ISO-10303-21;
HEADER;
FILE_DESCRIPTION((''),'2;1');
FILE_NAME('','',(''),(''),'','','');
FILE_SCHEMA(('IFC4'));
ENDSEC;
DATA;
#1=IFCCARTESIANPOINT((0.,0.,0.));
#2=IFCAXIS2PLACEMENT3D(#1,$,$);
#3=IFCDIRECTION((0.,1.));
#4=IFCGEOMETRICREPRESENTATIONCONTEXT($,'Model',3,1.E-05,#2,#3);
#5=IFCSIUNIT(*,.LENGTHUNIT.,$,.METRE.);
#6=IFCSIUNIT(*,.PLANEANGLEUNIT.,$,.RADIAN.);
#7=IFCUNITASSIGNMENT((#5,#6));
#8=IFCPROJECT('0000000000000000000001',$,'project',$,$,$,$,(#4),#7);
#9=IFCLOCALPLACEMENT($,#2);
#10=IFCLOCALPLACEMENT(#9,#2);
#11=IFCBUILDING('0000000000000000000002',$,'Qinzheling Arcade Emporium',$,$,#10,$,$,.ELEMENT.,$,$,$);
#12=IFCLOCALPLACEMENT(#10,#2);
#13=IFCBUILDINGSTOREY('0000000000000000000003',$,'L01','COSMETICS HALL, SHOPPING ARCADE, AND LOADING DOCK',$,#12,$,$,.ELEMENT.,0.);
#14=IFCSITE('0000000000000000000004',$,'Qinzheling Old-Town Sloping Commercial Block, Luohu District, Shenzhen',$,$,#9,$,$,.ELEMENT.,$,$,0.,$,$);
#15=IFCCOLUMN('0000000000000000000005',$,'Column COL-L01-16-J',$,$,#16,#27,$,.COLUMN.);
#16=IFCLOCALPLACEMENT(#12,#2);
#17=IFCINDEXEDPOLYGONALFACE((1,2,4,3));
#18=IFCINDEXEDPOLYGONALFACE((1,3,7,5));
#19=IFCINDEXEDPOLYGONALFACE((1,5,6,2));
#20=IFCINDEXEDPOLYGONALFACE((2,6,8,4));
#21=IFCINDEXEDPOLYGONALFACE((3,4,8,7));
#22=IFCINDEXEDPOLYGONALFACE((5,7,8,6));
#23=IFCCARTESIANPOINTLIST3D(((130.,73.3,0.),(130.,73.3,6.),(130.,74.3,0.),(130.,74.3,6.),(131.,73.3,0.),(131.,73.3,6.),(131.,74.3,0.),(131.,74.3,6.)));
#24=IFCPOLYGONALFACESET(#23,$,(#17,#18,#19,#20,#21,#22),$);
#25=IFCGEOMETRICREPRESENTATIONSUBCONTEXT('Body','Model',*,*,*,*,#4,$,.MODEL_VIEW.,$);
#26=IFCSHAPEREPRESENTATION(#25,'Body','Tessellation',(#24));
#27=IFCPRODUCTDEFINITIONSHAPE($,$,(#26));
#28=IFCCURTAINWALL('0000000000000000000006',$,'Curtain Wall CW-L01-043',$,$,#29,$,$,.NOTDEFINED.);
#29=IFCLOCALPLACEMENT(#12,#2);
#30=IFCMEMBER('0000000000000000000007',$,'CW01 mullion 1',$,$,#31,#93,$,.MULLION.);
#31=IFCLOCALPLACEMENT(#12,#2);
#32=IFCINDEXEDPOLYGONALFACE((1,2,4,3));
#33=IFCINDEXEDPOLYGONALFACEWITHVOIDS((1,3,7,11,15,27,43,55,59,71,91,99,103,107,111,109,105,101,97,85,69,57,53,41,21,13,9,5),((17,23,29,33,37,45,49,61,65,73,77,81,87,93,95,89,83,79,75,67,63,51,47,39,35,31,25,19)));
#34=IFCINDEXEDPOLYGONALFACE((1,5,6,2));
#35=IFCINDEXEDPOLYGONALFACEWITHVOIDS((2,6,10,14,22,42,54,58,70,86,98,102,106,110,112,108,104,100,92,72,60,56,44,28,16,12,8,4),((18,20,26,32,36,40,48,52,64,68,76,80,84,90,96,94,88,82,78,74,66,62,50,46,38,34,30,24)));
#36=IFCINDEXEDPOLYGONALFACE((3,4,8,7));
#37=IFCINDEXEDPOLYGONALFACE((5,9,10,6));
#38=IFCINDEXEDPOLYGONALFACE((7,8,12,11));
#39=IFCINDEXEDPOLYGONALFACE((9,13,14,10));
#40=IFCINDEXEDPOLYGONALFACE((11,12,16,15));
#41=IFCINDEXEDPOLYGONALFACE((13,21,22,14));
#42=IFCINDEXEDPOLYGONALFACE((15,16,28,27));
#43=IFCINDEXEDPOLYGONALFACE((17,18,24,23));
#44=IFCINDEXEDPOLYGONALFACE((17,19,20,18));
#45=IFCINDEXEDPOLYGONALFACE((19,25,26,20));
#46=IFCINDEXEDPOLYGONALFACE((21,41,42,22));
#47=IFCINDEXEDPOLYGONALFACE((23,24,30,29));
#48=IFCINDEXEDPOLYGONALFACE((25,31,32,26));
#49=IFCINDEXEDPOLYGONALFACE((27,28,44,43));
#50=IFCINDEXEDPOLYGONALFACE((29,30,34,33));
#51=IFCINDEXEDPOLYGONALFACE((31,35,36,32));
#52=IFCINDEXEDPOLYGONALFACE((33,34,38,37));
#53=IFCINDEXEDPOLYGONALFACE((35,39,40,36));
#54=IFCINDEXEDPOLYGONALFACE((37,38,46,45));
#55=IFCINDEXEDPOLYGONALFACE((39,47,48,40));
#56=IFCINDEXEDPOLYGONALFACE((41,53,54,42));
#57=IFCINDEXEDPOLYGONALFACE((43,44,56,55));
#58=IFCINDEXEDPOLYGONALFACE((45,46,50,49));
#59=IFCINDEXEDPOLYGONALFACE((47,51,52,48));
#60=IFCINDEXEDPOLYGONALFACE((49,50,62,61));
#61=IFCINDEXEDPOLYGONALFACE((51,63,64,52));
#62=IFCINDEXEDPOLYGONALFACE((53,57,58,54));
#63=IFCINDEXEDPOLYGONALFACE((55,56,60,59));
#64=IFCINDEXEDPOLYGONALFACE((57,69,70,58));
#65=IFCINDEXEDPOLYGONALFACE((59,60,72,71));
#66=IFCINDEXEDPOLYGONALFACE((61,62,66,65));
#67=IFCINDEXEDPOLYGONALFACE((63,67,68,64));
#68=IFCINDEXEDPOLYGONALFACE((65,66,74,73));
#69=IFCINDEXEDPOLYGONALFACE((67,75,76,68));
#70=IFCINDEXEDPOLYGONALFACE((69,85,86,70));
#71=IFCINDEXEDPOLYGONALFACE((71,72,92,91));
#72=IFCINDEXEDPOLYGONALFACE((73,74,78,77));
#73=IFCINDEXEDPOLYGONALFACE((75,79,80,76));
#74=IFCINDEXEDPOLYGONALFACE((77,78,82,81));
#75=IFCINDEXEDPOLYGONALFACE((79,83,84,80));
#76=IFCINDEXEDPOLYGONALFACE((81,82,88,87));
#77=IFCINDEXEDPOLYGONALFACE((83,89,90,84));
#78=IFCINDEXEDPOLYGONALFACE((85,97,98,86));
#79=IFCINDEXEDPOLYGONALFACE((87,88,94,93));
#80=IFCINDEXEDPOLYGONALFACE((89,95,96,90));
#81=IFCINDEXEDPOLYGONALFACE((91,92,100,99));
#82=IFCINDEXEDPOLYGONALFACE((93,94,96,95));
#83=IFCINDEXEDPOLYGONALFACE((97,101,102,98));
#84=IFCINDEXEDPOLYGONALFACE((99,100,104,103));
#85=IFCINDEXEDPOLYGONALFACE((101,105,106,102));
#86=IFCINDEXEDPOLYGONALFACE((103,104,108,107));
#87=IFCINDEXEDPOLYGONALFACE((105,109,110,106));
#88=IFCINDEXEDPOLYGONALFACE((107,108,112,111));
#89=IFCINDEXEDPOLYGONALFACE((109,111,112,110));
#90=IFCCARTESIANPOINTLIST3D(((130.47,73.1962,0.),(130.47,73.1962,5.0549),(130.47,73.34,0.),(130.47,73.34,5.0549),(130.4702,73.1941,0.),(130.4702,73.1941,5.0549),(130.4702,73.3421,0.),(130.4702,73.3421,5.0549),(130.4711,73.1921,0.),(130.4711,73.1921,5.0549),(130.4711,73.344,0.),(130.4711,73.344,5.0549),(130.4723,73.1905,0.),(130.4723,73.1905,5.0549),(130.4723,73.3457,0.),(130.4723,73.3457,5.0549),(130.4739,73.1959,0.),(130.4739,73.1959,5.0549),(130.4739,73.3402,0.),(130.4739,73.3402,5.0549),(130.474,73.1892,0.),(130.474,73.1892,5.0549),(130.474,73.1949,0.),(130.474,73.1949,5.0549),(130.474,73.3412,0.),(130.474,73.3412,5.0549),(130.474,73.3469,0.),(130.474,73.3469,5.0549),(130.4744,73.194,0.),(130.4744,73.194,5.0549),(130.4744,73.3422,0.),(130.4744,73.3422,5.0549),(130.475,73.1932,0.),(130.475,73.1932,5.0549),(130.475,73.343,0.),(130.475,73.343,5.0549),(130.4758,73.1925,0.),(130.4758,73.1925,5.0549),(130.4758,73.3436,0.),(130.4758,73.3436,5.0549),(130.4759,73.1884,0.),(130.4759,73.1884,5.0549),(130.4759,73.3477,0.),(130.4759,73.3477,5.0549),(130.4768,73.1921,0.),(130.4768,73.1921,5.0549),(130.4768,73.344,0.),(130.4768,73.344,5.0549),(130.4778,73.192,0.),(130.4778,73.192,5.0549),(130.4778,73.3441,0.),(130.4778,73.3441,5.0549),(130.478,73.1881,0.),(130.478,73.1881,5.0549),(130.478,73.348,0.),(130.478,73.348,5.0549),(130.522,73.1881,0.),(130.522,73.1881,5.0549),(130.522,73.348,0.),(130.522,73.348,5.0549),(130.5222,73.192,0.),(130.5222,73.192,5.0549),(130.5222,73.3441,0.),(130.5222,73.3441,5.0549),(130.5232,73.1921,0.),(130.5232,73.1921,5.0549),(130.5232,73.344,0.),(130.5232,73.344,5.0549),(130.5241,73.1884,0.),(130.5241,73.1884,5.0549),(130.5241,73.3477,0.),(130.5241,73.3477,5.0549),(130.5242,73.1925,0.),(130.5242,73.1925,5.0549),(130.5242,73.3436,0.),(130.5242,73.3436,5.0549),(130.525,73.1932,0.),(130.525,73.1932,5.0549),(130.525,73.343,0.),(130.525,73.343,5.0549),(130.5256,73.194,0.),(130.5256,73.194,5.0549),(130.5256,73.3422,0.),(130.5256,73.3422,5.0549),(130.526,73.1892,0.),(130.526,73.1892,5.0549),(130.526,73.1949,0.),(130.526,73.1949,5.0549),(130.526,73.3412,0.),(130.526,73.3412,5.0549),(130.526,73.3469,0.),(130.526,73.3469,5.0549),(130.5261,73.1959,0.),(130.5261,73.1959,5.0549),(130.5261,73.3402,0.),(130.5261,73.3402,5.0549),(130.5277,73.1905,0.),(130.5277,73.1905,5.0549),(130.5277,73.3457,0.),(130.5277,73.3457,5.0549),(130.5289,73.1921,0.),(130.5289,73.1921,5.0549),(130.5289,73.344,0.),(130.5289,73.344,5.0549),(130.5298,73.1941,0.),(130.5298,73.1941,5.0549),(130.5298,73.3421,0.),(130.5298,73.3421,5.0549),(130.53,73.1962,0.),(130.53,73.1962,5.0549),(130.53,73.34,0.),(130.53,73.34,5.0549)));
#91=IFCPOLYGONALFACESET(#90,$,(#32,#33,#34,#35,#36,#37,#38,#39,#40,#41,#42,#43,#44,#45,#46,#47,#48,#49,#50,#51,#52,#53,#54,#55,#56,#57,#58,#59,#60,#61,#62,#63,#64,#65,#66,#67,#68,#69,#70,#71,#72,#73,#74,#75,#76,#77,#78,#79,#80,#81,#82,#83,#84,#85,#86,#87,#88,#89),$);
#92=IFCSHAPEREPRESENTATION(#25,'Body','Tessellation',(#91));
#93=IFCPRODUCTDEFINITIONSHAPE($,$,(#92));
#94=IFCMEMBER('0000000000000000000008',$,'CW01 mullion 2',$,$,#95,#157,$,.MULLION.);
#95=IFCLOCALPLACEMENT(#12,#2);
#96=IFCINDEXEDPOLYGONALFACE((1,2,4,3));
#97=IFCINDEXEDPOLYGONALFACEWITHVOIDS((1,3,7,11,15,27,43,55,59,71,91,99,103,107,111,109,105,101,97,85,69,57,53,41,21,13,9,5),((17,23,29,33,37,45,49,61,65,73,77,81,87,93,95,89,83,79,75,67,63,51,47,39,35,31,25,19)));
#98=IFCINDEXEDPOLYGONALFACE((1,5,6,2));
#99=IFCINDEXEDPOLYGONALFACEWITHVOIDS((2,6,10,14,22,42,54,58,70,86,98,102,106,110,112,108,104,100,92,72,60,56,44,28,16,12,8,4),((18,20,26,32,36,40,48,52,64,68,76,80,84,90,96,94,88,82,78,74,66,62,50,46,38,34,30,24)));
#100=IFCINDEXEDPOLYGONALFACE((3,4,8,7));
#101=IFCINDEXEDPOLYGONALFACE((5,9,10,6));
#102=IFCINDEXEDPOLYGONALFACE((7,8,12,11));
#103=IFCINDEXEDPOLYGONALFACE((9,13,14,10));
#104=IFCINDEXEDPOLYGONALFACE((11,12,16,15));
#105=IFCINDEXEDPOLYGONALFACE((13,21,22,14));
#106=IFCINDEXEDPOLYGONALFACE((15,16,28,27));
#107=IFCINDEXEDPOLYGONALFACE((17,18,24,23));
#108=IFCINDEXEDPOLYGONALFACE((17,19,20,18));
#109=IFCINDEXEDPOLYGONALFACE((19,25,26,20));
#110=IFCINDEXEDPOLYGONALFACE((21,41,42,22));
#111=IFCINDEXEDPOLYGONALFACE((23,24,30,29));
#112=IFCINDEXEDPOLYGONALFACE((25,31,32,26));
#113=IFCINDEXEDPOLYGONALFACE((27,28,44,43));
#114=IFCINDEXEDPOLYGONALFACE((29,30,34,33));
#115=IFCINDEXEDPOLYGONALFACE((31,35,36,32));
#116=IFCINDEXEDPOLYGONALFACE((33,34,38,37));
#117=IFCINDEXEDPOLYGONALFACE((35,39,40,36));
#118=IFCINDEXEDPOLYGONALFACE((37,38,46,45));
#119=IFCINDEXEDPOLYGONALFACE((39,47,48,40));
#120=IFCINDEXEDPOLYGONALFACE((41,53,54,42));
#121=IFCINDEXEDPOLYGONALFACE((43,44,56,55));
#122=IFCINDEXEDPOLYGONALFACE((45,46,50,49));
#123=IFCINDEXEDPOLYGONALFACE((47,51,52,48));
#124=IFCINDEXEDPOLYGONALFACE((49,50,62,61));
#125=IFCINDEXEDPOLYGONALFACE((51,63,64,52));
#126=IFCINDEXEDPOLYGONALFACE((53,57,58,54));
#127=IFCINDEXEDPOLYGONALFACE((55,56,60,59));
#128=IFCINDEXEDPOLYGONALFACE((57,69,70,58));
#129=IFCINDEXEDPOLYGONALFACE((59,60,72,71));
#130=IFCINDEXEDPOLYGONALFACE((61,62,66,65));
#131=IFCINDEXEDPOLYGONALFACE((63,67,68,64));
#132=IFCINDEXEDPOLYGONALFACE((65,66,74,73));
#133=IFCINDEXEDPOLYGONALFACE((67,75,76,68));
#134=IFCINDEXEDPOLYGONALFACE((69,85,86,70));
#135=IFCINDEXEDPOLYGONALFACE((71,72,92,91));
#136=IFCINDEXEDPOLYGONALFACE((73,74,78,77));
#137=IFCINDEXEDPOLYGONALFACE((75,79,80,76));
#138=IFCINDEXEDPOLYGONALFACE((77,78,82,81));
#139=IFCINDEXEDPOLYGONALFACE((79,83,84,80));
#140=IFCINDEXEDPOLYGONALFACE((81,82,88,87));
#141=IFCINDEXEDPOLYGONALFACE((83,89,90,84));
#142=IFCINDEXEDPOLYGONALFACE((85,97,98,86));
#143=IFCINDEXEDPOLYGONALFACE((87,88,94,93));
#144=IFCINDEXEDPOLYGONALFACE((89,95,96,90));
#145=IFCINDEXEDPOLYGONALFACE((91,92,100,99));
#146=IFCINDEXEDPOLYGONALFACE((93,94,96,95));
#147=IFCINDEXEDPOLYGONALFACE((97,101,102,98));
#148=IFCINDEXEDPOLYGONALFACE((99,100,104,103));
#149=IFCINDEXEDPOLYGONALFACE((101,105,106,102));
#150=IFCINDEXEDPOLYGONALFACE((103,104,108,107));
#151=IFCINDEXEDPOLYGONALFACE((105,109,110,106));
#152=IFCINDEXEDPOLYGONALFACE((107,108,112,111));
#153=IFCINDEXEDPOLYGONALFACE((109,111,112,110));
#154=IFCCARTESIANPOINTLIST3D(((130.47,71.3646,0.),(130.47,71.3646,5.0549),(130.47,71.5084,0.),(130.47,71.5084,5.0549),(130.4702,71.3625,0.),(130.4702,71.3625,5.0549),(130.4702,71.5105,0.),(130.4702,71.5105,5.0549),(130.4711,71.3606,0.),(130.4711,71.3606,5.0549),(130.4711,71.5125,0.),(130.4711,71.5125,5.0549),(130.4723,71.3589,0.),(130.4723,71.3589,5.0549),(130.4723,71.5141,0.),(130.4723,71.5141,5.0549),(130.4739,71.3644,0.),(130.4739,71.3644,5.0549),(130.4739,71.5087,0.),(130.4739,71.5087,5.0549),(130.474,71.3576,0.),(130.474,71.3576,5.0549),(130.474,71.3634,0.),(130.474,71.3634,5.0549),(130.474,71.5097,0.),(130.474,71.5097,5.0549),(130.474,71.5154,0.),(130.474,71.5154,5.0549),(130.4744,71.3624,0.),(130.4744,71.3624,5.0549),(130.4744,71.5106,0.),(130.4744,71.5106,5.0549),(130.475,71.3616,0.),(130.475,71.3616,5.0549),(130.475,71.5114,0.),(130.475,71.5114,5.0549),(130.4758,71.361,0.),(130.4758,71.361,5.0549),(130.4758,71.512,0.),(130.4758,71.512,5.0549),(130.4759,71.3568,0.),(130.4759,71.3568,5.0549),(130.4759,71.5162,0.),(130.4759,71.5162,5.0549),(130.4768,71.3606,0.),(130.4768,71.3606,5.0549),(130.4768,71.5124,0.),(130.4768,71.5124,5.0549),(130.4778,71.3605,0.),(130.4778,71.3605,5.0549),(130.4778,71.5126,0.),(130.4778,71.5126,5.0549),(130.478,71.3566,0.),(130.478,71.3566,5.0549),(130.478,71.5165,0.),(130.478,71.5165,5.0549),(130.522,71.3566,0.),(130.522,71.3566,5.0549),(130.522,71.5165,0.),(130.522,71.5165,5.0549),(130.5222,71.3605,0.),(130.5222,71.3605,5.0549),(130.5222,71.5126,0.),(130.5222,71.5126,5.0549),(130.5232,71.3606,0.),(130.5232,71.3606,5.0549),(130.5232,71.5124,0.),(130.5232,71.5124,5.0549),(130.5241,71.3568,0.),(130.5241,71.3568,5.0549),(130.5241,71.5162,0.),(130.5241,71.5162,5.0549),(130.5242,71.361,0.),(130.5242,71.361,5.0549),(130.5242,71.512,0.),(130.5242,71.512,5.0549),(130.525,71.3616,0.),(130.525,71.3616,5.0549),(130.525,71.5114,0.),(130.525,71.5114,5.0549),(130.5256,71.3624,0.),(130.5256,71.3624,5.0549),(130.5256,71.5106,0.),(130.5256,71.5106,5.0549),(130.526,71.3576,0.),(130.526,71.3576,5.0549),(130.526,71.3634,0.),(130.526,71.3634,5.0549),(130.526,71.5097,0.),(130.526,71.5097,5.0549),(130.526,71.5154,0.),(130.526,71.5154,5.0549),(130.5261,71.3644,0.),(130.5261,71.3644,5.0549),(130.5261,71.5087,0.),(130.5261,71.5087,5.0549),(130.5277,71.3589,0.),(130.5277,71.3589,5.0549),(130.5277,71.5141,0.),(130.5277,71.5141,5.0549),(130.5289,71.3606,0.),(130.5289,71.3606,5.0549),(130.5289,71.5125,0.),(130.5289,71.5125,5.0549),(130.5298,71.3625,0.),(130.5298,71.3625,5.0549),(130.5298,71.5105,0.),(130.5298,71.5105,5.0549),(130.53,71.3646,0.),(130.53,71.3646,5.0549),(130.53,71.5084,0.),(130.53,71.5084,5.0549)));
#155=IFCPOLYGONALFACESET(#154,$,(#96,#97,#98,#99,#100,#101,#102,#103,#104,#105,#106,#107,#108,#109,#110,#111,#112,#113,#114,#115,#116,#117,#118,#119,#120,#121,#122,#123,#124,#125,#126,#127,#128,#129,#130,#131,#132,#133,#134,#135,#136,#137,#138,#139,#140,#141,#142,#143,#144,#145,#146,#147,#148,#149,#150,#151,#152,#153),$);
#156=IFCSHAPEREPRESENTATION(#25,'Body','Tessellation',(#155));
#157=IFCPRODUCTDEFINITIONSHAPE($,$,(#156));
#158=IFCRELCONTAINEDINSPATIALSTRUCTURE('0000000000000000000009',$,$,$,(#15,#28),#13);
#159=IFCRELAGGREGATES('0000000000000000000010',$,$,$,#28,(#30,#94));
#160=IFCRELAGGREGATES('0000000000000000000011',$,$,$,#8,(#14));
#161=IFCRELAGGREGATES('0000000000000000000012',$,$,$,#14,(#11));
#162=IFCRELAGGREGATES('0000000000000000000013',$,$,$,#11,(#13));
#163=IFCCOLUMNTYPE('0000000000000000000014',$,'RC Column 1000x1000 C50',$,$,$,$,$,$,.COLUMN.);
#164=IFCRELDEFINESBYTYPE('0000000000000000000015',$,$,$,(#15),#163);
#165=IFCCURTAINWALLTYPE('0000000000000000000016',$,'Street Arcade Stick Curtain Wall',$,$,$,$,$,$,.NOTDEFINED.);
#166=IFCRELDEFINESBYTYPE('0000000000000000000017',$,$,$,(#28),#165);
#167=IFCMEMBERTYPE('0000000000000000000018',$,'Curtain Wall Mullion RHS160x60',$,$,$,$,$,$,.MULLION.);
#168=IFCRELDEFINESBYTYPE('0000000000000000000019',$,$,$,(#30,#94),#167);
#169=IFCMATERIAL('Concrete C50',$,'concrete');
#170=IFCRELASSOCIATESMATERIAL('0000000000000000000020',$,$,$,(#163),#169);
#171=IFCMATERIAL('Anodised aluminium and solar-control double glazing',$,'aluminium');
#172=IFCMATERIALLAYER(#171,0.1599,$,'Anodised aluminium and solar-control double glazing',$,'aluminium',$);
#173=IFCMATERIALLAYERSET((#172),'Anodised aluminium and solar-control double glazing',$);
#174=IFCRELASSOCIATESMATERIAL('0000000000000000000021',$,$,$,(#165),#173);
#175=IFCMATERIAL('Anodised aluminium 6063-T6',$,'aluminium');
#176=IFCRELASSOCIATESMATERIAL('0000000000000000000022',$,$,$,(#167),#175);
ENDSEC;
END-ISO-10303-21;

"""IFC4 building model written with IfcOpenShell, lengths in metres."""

from ifc_helpers import new_model, si_unit, direction, frame, origin, origin_2d, place, context, subcontext, project, spatial, rectangle, hollow_rectangle, extrude, material, layer, layer_set, material_profile, profile_set, type_object, element, aggregate, save


model = new_model("IFC4")

# Units and contexts
model_context = context("Model", 3, precision=1e-05, world=origin(), true_north=direction((0.0, 1.0)))
body_context = subcontext(model_context, "Body", "Model", "MODEL_VIEW")
ifc_project = project(units=[si_unit("LENGTHUNIT", "METRE"), si_unit("PLANEANGLEUNIT", "RADIAN")], contexts=[model_context])

# Site, building, storey
site_placement = place(None, origin())
site = spatial("IfcSite", under=ifc_project, at=site_placement, Name="Qinzheling Old-Town Sloping Commercial Block, Luohu District, Shenzhen", CompositionType="ELEMENT", RefElevation=0.0)
building_placement = place(site_placement, origin())
building = spatial("IfcBuilding", under=site, at=building_placement, Name="Qinzheling Arcade Emporium", CompositionType="ELEMENT")
storey_placement = place(building_placement, origin())
storey = spatial("IfcBuildingStorey", under=building, at=storey_placement, Name="L01", Description="COSMETICS HALL, SHOPPING ARCADE, AND LOADING DOCK", CompositionType="ELEMENT", Elevation=0.0)

# Column
ifc_material_1 = material(Name="Concrete C50", Category="concrete")
ifc_material_profile_1 = material_profile(ifc_material_1, rectangle(XDim=1.0, YDim=1.0, at=origin_2d()), Name="RC 1000x1000", Category="concrete")
ifc_profile_set_1 = profile_set([ifc_material_profile_1], Name="Concrete C50")
column_type = type_object("IfcColumnType", Name="RC Column 1000x1000 C50", PredefinedType="COLUMN", material=ifc_profile_set_1)
column_placement = place(storey_placement, frame((130.5, 73.8, 0.0), z_axis=(0.0, 0.0, 1.0), x_axis=(1.0, 0.0, 0.0)))
element("IfcColumn", 1, at=column_placement, inside=storey, type_object=column_type, Name="Column COL-L01-16-J", PredefinedType="COLUMN", context=body_context, shape_type="SweptSolid", body=[
    extrude(rectangle(XDim=1.0, YDim=1.0, at=origin_2d()), origin(), (0.0, 0.0, 1.0), 6.0),
])

# Curtain wall, members
ifc_material_2 = material(Name="Anodised aluminium and solar-control double glazing", Category="aluminium")
ifc_layer_1 = layer(ifc_material_2, 0.1599, Name="Anodised aluminium and solar-control double glazing", Category="aluminium")
ifc_layer_set_1 = layer_set([ifc_layer_1], Name="Anodised aluminium and solar-control double glazing")
curtain_wall_type = type_object("IfcCurtainWallType", Name="Street Arcade Stick Curtain Wall", PredefinedType="NOTDEFINED", material=ifc_layer_set_1)
curtain_wall_placement = place(storey_placement, origin())
curtain_wall = element("IfcCurtainWall", 2, at=curtain_wall_placement, inside=storey, type_object=curtain_wall_type, Name="Curtain Wall CW-L01-043", PredefinedType="NOTDEFINED")
ifc_material_3 = material(Name="Anodised aluminium 6063-T6", Category="aluminium")
ifc_material_profile_2 = material_profile(ifc_material_3, hollow_rectangle(XDim=0.0601, YDim=0.1599, WallThickness=0.0039, InnerFilletRadius=0.0039, OuterFilletRadius=0.0081, at=origin_2d()), Name="RHS 160x60x4", Category="aluminium")
ifc_profile_set_2 = profile_set([ifc_material_profile_2], Name="Anodised aluminium 6063-T6")
member_type_1 = type_object("IfcMemberType", Name="Curtain Wall Mullion RHS160x60", PredefinedType="MULLION", material=ifc_profile_set_2)
member_1_placement = place(storey_placement, frame((130.5, 73.2681, 0.0), z_axis=(0.0, 0.0, 1.0), x_axis=(1.0, 0.0, 0.0)))
member_1 = element("IfcMember", 3, at=member_1_placement, type_object=member_type_1, Name="CW01 mullion 1", PredefinedType="MULLION", context=body_context, shape_type="SweptSolid", body=[
    extrude(hollow_rectangle(XDim=0.0601, YDim=0.1599, WallThickness=0.0039, InnerFilletRadius=0.0039, OuterFilletRadius=0.0081, at=origin_2d()), origin(), (0.0, 0.0, 1.0), 5.0549),
])
member_2_placement = place(storey_placement, frame((130.5, 71.4365, 0.0), z_axis=(0.0, 0.0, 1.0), x_axis=(1.0, 0.0, 0.0)))
member_2 = element("IfcMember", 4, at=member_2_placement, type_object=member_type_1, Name="CW01 mullion 2", PredefinedType="MULLION", context=body_context, shape_type="SweptSolid", body=[
    extrude(hollow_rectangle(XDim=0.0601, YDim=0.1599, WallThickness=0.0039, InnerFilletRadius=0.0039, OuterFilletRadius=0.0081, at=origin_2d()), origin(), (0.0, 0.0, 1.0), 5.0549),
])
aggregate(curtain_wall, [member_1, member_2])

save(model, "model.ifc")
